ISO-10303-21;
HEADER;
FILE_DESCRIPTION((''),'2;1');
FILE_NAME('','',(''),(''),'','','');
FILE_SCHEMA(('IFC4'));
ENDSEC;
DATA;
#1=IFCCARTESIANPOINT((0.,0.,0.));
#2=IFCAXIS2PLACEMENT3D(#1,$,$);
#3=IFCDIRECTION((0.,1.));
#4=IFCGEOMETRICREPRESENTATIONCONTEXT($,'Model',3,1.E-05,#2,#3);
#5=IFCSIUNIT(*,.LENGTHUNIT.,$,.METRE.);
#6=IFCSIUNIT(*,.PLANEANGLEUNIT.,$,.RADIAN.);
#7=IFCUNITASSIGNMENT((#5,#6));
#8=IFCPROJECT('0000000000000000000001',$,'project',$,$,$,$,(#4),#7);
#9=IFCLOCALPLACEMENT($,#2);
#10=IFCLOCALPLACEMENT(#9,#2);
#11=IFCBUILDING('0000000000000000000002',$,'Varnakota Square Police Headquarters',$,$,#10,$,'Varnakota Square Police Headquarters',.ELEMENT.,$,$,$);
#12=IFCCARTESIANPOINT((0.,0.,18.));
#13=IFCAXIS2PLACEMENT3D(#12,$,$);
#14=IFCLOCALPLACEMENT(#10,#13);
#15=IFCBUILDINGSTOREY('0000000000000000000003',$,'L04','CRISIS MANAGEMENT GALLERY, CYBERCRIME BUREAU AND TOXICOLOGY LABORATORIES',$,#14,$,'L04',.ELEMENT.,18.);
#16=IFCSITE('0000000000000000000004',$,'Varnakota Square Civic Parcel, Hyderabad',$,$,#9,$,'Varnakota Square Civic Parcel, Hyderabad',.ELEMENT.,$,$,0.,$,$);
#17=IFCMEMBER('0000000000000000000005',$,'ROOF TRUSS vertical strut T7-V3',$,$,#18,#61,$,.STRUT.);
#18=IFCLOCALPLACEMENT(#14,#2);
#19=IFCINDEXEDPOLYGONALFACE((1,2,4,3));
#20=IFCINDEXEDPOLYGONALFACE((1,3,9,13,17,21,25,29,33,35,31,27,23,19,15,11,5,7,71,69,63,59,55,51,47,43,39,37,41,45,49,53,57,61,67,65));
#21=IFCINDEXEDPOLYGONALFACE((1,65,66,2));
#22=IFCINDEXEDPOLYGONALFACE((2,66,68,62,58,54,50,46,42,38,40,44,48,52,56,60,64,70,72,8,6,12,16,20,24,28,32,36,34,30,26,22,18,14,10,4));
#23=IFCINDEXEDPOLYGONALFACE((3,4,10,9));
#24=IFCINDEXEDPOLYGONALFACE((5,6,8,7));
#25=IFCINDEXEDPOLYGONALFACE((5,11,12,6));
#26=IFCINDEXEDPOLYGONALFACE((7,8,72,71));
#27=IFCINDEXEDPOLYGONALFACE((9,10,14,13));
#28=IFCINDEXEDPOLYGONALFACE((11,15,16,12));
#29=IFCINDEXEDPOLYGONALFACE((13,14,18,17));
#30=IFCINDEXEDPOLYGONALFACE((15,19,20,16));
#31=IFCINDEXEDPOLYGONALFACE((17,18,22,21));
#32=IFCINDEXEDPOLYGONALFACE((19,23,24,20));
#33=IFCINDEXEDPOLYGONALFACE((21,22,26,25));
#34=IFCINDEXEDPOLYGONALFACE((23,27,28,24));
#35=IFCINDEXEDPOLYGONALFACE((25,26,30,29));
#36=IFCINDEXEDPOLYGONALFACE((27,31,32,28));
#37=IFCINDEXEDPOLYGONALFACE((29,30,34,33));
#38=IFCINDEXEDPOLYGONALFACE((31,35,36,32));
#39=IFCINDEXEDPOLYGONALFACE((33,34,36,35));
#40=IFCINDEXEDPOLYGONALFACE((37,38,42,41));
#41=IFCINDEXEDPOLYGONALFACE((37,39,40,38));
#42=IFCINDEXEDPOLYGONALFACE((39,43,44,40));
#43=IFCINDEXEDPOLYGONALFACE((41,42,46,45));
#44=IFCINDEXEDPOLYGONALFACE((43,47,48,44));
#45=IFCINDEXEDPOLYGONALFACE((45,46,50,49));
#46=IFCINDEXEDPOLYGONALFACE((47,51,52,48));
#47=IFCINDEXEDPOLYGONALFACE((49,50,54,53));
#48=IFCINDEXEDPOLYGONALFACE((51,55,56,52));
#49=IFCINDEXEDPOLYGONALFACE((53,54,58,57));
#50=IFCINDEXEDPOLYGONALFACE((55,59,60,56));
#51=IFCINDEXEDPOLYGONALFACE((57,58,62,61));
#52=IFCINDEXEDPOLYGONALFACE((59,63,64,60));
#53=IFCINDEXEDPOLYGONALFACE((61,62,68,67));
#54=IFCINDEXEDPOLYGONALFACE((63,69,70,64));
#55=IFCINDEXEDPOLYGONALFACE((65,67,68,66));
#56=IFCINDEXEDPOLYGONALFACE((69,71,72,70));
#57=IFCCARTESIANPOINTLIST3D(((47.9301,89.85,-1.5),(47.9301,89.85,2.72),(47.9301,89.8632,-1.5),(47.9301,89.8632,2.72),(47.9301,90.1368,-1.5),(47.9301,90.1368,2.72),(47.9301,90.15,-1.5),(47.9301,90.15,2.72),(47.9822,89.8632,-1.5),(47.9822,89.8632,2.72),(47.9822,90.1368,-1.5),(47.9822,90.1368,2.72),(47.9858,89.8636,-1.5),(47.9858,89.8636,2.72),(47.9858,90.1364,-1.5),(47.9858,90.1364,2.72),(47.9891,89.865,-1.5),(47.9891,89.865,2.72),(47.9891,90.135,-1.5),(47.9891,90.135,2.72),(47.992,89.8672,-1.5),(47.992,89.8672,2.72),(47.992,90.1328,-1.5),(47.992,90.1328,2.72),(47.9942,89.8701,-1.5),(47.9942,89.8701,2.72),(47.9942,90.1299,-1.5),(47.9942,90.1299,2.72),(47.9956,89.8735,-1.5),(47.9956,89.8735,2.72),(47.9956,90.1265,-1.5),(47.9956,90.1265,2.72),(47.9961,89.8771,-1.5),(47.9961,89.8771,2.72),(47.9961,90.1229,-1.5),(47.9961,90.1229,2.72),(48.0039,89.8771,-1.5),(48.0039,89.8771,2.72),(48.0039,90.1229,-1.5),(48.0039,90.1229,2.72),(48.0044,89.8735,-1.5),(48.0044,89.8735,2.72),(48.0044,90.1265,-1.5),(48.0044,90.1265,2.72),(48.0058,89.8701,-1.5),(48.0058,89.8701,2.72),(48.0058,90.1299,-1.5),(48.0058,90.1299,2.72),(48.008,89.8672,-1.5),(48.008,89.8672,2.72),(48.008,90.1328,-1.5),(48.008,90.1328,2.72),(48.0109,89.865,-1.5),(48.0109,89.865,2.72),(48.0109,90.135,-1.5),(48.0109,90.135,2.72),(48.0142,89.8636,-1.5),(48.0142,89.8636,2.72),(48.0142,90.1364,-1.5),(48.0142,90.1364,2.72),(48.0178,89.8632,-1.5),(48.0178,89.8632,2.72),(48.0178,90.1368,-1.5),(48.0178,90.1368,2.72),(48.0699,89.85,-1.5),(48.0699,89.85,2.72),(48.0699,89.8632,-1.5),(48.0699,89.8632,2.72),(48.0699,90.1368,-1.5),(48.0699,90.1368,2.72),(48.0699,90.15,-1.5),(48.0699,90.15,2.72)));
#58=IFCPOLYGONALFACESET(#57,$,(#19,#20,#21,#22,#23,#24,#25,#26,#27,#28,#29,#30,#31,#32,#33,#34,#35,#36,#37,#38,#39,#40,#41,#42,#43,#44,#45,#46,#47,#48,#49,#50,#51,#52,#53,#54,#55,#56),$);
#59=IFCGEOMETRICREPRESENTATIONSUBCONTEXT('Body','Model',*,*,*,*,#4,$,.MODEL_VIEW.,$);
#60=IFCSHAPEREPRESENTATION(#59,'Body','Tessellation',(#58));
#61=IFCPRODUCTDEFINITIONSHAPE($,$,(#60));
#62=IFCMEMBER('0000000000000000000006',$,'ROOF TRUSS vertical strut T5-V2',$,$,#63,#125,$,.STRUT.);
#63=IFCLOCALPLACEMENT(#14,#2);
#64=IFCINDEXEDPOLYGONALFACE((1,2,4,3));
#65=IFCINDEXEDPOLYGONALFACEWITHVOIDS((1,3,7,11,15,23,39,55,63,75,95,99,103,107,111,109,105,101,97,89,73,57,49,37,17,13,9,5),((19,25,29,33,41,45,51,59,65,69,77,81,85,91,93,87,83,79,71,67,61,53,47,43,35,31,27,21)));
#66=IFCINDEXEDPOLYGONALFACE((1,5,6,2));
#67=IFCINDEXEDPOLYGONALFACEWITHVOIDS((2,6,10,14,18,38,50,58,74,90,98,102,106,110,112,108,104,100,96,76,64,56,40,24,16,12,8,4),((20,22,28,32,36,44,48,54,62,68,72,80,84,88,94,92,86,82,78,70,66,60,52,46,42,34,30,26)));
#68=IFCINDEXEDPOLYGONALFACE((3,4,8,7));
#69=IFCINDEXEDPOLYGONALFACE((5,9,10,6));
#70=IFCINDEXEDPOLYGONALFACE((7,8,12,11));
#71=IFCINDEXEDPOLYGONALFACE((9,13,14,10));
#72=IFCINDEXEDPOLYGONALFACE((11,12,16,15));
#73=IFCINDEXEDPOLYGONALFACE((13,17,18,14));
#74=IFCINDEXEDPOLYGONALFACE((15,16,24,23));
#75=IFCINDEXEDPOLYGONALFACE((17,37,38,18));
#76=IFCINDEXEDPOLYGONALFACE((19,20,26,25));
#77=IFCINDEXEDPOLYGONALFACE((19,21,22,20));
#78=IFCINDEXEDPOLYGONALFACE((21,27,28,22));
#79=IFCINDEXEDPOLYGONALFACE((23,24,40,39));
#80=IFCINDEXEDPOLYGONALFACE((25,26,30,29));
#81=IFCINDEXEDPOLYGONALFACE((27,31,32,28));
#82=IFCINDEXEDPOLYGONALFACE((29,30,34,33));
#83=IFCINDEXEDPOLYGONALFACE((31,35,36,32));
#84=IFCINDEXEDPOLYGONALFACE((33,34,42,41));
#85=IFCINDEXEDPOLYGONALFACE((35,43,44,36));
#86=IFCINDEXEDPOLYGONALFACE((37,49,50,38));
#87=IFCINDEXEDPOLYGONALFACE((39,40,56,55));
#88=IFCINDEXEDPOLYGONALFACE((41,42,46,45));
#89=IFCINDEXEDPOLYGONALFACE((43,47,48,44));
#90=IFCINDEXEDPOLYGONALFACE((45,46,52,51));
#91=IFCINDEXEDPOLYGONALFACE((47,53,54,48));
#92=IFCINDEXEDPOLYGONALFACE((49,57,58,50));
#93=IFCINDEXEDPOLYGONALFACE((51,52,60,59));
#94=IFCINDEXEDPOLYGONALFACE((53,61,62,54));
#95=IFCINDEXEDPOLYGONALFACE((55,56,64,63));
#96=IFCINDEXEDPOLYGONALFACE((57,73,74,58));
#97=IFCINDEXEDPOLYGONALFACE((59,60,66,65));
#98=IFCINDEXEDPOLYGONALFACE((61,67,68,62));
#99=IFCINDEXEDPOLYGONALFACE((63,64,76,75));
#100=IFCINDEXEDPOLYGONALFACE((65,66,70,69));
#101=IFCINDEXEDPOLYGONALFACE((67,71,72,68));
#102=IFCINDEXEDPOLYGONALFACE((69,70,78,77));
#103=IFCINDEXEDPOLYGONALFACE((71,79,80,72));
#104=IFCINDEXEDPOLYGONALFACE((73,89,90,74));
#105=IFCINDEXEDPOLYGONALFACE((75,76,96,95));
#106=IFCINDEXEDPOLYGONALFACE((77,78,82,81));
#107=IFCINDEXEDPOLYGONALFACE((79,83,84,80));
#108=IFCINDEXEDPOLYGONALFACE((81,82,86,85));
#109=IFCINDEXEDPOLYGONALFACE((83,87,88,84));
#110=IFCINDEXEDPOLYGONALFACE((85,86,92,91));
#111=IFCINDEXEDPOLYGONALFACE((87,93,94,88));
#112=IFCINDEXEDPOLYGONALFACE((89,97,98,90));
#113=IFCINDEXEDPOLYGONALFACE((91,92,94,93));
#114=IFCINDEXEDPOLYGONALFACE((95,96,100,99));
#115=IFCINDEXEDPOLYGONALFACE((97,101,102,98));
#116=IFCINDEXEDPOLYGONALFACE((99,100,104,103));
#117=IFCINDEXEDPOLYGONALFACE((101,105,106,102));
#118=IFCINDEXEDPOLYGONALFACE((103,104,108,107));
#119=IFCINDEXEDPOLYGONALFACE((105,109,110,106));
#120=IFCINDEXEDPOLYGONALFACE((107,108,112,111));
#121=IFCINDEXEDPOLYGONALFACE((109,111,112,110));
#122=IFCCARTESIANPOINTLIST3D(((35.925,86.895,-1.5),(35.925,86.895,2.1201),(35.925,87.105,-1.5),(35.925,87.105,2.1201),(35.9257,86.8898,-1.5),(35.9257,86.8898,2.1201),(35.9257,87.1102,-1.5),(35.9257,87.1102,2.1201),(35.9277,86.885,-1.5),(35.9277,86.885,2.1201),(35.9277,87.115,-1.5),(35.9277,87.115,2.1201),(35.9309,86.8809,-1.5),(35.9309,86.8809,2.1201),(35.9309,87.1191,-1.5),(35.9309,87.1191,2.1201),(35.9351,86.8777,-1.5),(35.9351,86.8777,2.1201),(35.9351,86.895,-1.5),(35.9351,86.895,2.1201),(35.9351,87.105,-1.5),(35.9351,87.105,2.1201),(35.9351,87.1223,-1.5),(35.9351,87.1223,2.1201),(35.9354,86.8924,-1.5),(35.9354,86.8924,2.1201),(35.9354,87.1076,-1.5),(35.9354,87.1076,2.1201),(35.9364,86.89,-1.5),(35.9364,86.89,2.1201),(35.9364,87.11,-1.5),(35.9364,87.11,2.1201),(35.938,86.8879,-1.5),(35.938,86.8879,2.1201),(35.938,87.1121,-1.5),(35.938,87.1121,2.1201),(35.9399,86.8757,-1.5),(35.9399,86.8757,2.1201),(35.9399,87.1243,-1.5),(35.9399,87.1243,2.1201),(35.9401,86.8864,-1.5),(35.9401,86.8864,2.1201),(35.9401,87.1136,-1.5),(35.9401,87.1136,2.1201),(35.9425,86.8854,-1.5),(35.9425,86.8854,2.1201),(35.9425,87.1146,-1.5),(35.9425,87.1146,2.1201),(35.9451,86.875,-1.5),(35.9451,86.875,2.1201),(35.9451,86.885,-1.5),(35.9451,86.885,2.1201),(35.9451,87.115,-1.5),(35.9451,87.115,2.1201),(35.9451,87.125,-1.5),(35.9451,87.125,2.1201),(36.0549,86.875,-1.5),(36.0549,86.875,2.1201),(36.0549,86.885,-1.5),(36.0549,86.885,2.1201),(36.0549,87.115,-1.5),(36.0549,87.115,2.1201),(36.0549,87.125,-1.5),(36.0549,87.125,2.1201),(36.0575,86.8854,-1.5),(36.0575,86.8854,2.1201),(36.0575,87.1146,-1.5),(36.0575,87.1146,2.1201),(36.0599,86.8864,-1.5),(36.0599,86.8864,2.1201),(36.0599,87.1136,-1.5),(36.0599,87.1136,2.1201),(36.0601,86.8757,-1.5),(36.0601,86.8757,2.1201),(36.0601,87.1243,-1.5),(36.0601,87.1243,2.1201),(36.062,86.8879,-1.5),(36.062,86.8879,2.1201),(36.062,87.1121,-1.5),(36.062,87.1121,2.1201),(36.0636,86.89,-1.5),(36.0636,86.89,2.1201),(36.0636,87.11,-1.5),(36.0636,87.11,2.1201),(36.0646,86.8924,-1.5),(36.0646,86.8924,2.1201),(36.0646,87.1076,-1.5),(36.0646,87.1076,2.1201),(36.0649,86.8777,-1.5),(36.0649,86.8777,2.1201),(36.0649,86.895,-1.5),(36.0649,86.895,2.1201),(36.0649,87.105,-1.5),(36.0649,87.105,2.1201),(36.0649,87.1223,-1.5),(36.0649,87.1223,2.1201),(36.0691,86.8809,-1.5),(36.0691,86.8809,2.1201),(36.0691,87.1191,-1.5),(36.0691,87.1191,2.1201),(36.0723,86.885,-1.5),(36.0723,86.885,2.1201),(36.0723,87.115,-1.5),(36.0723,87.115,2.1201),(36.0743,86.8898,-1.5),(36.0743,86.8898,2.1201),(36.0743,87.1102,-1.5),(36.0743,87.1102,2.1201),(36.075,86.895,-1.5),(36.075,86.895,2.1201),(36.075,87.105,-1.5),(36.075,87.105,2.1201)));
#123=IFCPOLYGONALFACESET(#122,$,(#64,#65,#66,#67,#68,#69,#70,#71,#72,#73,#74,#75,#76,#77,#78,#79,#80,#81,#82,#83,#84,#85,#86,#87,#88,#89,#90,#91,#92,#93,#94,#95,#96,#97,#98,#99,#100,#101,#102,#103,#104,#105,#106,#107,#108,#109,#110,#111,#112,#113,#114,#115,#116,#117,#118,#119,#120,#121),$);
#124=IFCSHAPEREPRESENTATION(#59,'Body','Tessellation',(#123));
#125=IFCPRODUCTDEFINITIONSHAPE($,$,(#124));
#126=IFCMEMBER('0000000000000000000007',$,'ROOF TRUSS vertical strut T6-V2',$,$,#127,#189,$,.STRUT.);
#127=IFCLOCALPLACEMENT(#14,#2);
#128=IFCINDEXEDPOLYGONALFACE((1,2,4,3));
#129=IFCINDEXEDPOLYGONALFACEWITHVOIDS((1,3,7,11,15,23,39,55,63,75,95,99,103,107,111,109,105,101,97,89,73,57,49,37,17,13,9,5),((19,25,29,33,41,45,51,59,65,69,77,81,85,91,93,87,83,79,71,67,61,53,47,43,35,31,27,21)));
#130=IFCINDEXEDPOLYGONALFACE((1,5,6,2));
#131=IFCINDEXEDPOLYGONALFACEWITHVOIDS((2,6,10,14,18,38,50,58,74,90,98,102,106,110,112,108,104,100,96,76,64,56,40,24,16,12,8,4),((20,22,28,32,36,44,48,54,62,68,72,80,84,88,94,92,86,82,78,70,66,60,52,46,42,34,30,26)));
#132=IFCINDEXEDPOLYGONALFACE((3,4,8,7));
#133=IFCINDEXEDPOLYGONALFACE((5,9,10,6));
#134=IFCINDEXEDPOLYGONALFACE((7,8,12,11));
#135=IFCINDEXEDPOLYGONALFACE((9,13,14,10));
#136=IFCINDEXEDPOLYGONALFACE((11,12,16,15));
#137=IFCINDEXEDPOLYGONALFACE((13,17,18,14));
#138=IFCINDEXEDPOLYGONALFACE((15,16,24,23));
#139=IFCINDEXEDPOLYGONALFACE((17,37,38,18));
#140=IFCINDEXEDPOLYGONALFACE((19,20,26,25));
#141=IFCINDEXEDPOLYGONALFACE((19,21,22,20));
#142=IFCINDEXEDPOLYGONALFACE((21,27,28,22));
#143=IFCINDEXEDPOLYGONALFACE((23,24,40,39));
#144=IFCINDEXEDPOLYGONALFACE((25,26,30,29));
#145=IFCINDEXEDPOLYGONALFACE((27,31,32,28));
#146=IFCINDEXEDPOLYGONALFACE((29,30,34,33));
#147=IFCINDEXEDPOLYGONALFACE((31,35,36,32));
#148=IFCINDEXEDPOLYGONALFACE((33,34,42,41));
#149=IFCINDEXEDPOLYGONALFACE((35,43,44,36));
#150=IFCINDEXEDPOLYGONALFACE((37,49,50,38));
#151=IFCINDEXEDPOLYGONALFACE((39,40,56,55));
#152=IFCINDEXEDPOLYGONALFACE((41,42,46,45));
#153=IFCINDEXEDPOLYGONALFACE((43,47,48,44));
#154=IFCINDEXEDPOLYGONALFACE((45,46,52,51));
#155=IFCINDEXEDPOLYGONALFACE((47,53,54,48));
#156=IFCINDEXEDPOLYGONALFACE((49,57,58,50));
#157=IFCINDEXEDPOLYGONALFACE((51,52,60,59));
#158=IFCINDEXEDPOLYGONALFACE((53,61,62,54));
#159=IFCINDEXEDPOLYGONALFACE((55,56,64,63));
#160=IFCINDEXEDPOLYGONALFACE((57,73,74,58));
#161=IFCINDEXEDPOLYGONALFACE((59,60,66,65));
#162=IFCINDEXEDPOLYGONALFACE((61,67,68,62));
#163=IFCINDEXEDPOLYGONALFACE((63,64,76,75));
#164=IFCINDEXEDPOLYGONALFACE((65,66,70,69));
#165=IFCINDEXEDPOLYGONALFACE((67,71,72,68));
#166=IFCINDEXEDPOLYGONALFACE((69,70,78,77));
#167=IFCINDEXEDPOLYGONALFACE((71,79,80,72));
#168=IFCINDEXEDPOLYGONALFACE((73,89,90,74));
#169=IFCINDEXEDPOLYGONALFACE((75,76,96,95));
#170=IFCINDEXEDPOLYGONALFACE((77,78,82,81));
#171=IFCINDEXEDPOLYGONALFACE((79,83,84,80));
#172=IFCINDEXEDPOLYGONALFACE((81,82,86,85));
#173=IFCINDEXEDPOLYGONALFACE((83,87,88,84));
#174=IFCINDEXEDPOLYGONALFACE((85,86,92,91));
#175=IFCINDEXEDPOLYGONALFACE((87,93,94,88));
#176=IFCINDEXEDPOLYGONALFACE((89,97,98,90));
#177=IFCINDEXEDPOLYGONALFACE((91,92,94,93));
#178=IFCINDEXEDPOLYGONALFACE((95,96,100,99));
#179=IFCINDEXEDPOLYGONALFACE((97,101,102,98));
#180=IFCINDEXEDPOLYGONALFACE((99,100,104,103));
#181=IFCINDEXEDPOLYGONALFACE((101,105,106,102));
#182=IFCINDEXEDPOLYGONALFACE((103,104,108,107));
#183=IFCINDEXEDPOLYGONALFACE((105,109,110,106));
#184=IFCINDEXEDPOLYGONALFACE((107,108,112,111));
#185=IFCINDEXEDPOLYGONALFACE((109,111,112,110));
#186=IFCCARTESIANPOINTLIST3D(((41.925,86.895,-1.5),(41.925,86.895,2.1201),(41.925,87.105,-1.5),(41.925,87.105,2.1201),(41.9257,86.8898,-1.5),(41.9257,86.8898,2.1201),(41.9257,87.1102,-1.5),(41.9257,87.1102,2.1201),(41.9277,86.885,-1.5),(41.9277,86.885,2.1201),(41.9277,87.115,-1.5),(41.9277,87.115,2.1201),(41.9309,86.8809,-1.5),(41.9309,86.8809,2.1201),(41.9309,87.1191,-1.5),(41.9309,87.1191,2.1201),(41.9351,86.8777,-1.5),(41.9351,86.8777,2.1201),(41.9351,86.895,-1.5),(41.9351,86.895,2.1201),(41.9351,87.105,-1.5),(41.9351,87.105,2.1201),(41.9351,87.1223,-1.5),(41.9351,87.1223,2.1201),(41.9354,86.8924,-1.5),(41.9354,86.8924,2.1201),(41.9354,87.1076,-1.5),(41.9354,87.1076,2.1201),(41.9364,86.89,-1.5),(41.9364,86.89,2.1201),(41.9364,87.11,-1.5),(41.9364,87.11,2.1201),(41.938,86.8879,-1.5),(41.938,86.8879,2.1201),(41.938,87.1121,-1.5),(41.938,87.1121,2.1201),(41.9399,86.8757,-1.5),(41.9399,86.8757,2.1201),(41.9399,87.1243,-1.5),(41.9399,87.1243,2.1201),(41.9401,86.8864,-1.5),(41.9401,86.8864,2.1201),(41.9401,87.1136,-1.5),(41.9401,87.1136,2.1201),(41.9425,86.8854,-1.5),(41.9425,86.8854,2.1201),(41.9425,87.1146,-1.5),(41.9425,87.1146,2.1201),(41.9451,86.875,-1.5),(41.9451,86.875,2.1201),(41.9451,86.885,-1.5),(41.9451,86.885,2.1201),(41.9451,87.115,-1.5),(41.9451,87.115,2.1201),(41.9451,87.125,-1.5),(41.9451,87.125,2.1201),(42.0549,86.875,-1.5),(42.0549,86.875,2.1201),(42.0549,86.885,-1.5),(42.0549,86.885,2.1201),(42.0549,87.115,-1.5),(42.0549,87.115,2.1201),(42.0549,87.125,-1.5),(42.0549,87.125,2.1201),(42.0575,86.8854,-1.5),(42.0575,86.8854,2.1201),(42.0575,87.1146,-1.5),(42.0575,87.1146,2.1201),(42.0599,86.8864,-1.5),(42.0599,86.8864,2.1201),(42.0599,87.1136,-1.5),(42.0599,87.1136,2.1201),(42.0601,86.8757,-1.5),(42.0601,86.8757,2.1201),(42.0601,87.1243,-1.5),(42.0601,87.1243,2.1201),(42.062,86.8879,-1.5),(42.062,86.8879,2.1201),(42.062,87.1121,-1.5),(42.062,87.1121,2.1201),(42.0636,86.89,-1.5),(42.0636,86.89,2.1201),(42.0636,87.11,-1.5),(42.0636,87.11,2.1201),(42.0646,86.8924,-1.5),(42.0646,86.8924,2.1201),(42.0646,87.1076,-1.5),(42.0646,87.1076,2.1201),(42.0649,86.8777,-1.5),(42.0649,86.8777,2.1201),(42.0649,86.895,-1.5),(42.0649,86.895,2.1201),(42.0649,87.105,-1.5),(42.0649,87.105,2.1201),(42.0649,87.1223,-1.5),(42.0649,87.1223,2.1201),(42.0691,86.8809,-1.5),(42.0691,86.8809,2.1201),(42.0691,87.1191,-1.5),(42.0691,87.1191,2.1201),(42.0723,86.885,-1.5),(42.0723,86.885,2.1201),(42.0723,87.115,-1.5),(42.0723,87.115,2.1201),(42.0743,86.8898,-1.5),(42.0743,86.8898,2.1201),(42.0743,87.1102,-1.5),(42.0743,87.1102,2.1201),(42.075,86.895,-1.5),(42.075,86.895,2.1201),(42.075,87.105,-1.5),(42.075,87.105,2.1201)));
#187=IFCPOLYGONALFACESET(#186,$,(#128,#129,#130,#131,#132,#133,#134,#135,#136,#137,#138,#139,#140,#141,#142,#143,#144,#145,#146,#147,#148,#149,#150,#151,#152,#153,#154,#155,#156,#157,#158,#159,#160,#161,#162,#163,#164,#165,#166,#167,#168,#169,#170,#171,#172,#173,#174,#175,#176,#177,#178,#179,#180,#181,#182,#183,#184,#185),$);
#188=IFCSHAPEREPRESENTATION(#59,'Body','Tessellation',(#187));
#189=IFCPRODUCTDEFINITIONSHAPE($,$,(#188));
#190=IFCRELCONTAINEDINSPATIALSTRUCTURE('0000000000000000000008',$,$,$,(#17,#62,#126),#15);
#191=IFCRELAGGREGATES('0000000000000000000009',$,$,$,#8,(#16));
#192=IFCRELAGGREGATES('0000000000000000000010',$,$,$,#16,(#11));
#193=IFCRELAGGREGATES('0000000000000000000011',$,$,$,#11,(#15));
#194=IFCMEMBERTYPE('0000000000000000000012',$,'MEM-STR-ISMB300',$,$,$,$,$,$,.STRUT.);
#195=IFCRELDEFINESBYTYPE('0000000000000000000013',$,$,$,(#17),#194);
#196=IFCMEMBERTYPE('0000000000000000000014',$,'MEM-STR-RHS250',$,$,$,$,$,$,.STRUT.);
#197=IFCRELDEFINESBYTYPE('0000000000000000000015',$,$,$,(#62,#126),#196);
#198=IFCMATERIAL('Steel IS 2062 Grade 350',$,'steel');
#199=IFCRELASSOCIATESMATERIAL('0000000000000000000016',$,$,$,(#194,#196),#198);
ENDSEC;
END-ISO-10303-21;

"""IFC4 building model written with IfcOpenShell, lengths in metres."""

from ifc_helpers import new_model, si_unit, direction, frame, origin, origin_2d, place, context, subcontext, project, spatial, hollow_rectangle, i_section, extrude, material, material_profile, profile_set, type_object, element, save


model = new_model("IFC4")

# Units and contexts
model_context = context("Model", 3, precision=1e-05, world=origin(), true_north=direction((0.0, 1.0)))
body_context = subcontext(model_context, "Body", "Model", "MODEL_VIEW")
ifc_project = project(units=[si_unit("LENGTHUNIT", "METRE"), si_unit("PLANEANGLEUNIT", "RADIAN")], contexts=[model_context])

# Site, building, storey
site_placement = place(None, origin())
site = spatial("IfcSite", under=ifc_project, at=site_placement, Name="Varnakota Square Civic Parcel, Hyderabad", LongName="Varnakota Square Civic Parcel, Hyderabad", CompositionType="ELEMENT", RefElevation=0.0)
building_placement = place(site_placement, origin())
building = spatial("IfcBuilding", under=site, at=building_placement, Name="Varnakota Square Police Headquarters", LongName="Varnakota Square Police Headquarters", CompositionType="ELEMENT")
storey_placement = place(building_placement, frame((0.0, 0.0, 18.0)))
storey = spatial("IfcBuildingStorey", under=building, at=storey_placement, Name="L04", Description="CRISIS MANAGEMENT GALLERY, CYBERCRIME BUREAU AND TOXICOLOGY LABORATORIES", LongName="L04", CompositionType="ELEMENT", Elevation=18.0)

# Shared definitions
ifc_material_1 = material(Name="Steel IS 2062 Grade 350", Category="steel")

# Members
ifc_material_profile_1 = material_profile(ifc_material_1, i_section(OverallWidth=0.1399, OverallDepth=0.3, WebThickness=0.0078, FlangeThickness=0.0132, FilletRadius=0.0139, at=origin_2d()), Name="ISMB 300")
ifc_profile_set_1 = profile_set([ifc_material_profile_1], Name="Steel IS 2062 Grade 350")
member_type_1 = type_object("IfcMemberType", Name="MEM-STR-ISMB300", PredefinedType="STRUT", material=ifc_profile_set_1)
for number, where, z_axis, x_axis, name in (
    (1, (48.0, 90.0, -1.5), (0.0, 0.0, 1.0), (1.0, 0.0, 0.0), "ROOF TRUSS vertical strut T7-V3"),
):
    element("IfcMember", number, at=place(storey_placement, frame(where, z_axis=z_axis, x_axis=x_axis)), inside=storey, type_object=member_type_1, Name=name, PredefinedType="STRUT", context=body_context, shape_type="SweptSolid", body=[
        extrude(i_section(OverallWidth=0.1399, OverallDepth=0.3, WebThickness=0.0078, FlangeThickness=0.0132, FilletRadius=0.0139, at=origin_2d()), origin(), (0.0, 0.0, 1.0), 4.22),
    ])
ifc_material_profile_2 = material_profile(ifc_material_1, hollow_rectangle(XDim=0.1499, YDim=0.25, WallThickness=0.01, InnerFilletRadius=0.01, OuterFilletRadius=0.02, at=origin_2d()), Name="RHS 250x150x10")
ifc_profile_set_2 = profile_set([ifc_material_profile_2], Name="Steel IS 2062 Grade 350")
member_type_2 = type_object("IfcMemberType", Name="MEM-STR-RHS250", PredefinedType="STRUT", material=ifc_profile_set_2)
for number, where, z_axis, x_axis, name in (
    (2, (36.0, 87.0, -1.5), (0.0, 0.0, 1.0), (1.0, 0.0, 0.0), "ROOF TRUSS vertical strut T5-V2"),
    (3, (42.0, 87.0, -1.5), (0.0, 0.0, 1.0), (1.0, 0.0, 0.0), "ROOF TRUSS vertical strut T6-V2"),
):
    element("IfcMember", number, at=place(storey_placement, frame(where, z_axis=z_axis, x_axis=x_axis)), inside=storey, type_object=member_type_2, Name=name, PredefinedType="STRUT", context=body_context, shape_type="SweptSolid", body=[
        extrude(hollow_rectangle(XDim=0.1499, YDim=0.25, WallThickness=0.01, InnerFilletRadius=0.01, OuterFilletRadius=0.02, at=origin_2d()), origin(), (0.0, 0.0, 1.0), 3.6201),
    ])

save(model, "model.ifc")
